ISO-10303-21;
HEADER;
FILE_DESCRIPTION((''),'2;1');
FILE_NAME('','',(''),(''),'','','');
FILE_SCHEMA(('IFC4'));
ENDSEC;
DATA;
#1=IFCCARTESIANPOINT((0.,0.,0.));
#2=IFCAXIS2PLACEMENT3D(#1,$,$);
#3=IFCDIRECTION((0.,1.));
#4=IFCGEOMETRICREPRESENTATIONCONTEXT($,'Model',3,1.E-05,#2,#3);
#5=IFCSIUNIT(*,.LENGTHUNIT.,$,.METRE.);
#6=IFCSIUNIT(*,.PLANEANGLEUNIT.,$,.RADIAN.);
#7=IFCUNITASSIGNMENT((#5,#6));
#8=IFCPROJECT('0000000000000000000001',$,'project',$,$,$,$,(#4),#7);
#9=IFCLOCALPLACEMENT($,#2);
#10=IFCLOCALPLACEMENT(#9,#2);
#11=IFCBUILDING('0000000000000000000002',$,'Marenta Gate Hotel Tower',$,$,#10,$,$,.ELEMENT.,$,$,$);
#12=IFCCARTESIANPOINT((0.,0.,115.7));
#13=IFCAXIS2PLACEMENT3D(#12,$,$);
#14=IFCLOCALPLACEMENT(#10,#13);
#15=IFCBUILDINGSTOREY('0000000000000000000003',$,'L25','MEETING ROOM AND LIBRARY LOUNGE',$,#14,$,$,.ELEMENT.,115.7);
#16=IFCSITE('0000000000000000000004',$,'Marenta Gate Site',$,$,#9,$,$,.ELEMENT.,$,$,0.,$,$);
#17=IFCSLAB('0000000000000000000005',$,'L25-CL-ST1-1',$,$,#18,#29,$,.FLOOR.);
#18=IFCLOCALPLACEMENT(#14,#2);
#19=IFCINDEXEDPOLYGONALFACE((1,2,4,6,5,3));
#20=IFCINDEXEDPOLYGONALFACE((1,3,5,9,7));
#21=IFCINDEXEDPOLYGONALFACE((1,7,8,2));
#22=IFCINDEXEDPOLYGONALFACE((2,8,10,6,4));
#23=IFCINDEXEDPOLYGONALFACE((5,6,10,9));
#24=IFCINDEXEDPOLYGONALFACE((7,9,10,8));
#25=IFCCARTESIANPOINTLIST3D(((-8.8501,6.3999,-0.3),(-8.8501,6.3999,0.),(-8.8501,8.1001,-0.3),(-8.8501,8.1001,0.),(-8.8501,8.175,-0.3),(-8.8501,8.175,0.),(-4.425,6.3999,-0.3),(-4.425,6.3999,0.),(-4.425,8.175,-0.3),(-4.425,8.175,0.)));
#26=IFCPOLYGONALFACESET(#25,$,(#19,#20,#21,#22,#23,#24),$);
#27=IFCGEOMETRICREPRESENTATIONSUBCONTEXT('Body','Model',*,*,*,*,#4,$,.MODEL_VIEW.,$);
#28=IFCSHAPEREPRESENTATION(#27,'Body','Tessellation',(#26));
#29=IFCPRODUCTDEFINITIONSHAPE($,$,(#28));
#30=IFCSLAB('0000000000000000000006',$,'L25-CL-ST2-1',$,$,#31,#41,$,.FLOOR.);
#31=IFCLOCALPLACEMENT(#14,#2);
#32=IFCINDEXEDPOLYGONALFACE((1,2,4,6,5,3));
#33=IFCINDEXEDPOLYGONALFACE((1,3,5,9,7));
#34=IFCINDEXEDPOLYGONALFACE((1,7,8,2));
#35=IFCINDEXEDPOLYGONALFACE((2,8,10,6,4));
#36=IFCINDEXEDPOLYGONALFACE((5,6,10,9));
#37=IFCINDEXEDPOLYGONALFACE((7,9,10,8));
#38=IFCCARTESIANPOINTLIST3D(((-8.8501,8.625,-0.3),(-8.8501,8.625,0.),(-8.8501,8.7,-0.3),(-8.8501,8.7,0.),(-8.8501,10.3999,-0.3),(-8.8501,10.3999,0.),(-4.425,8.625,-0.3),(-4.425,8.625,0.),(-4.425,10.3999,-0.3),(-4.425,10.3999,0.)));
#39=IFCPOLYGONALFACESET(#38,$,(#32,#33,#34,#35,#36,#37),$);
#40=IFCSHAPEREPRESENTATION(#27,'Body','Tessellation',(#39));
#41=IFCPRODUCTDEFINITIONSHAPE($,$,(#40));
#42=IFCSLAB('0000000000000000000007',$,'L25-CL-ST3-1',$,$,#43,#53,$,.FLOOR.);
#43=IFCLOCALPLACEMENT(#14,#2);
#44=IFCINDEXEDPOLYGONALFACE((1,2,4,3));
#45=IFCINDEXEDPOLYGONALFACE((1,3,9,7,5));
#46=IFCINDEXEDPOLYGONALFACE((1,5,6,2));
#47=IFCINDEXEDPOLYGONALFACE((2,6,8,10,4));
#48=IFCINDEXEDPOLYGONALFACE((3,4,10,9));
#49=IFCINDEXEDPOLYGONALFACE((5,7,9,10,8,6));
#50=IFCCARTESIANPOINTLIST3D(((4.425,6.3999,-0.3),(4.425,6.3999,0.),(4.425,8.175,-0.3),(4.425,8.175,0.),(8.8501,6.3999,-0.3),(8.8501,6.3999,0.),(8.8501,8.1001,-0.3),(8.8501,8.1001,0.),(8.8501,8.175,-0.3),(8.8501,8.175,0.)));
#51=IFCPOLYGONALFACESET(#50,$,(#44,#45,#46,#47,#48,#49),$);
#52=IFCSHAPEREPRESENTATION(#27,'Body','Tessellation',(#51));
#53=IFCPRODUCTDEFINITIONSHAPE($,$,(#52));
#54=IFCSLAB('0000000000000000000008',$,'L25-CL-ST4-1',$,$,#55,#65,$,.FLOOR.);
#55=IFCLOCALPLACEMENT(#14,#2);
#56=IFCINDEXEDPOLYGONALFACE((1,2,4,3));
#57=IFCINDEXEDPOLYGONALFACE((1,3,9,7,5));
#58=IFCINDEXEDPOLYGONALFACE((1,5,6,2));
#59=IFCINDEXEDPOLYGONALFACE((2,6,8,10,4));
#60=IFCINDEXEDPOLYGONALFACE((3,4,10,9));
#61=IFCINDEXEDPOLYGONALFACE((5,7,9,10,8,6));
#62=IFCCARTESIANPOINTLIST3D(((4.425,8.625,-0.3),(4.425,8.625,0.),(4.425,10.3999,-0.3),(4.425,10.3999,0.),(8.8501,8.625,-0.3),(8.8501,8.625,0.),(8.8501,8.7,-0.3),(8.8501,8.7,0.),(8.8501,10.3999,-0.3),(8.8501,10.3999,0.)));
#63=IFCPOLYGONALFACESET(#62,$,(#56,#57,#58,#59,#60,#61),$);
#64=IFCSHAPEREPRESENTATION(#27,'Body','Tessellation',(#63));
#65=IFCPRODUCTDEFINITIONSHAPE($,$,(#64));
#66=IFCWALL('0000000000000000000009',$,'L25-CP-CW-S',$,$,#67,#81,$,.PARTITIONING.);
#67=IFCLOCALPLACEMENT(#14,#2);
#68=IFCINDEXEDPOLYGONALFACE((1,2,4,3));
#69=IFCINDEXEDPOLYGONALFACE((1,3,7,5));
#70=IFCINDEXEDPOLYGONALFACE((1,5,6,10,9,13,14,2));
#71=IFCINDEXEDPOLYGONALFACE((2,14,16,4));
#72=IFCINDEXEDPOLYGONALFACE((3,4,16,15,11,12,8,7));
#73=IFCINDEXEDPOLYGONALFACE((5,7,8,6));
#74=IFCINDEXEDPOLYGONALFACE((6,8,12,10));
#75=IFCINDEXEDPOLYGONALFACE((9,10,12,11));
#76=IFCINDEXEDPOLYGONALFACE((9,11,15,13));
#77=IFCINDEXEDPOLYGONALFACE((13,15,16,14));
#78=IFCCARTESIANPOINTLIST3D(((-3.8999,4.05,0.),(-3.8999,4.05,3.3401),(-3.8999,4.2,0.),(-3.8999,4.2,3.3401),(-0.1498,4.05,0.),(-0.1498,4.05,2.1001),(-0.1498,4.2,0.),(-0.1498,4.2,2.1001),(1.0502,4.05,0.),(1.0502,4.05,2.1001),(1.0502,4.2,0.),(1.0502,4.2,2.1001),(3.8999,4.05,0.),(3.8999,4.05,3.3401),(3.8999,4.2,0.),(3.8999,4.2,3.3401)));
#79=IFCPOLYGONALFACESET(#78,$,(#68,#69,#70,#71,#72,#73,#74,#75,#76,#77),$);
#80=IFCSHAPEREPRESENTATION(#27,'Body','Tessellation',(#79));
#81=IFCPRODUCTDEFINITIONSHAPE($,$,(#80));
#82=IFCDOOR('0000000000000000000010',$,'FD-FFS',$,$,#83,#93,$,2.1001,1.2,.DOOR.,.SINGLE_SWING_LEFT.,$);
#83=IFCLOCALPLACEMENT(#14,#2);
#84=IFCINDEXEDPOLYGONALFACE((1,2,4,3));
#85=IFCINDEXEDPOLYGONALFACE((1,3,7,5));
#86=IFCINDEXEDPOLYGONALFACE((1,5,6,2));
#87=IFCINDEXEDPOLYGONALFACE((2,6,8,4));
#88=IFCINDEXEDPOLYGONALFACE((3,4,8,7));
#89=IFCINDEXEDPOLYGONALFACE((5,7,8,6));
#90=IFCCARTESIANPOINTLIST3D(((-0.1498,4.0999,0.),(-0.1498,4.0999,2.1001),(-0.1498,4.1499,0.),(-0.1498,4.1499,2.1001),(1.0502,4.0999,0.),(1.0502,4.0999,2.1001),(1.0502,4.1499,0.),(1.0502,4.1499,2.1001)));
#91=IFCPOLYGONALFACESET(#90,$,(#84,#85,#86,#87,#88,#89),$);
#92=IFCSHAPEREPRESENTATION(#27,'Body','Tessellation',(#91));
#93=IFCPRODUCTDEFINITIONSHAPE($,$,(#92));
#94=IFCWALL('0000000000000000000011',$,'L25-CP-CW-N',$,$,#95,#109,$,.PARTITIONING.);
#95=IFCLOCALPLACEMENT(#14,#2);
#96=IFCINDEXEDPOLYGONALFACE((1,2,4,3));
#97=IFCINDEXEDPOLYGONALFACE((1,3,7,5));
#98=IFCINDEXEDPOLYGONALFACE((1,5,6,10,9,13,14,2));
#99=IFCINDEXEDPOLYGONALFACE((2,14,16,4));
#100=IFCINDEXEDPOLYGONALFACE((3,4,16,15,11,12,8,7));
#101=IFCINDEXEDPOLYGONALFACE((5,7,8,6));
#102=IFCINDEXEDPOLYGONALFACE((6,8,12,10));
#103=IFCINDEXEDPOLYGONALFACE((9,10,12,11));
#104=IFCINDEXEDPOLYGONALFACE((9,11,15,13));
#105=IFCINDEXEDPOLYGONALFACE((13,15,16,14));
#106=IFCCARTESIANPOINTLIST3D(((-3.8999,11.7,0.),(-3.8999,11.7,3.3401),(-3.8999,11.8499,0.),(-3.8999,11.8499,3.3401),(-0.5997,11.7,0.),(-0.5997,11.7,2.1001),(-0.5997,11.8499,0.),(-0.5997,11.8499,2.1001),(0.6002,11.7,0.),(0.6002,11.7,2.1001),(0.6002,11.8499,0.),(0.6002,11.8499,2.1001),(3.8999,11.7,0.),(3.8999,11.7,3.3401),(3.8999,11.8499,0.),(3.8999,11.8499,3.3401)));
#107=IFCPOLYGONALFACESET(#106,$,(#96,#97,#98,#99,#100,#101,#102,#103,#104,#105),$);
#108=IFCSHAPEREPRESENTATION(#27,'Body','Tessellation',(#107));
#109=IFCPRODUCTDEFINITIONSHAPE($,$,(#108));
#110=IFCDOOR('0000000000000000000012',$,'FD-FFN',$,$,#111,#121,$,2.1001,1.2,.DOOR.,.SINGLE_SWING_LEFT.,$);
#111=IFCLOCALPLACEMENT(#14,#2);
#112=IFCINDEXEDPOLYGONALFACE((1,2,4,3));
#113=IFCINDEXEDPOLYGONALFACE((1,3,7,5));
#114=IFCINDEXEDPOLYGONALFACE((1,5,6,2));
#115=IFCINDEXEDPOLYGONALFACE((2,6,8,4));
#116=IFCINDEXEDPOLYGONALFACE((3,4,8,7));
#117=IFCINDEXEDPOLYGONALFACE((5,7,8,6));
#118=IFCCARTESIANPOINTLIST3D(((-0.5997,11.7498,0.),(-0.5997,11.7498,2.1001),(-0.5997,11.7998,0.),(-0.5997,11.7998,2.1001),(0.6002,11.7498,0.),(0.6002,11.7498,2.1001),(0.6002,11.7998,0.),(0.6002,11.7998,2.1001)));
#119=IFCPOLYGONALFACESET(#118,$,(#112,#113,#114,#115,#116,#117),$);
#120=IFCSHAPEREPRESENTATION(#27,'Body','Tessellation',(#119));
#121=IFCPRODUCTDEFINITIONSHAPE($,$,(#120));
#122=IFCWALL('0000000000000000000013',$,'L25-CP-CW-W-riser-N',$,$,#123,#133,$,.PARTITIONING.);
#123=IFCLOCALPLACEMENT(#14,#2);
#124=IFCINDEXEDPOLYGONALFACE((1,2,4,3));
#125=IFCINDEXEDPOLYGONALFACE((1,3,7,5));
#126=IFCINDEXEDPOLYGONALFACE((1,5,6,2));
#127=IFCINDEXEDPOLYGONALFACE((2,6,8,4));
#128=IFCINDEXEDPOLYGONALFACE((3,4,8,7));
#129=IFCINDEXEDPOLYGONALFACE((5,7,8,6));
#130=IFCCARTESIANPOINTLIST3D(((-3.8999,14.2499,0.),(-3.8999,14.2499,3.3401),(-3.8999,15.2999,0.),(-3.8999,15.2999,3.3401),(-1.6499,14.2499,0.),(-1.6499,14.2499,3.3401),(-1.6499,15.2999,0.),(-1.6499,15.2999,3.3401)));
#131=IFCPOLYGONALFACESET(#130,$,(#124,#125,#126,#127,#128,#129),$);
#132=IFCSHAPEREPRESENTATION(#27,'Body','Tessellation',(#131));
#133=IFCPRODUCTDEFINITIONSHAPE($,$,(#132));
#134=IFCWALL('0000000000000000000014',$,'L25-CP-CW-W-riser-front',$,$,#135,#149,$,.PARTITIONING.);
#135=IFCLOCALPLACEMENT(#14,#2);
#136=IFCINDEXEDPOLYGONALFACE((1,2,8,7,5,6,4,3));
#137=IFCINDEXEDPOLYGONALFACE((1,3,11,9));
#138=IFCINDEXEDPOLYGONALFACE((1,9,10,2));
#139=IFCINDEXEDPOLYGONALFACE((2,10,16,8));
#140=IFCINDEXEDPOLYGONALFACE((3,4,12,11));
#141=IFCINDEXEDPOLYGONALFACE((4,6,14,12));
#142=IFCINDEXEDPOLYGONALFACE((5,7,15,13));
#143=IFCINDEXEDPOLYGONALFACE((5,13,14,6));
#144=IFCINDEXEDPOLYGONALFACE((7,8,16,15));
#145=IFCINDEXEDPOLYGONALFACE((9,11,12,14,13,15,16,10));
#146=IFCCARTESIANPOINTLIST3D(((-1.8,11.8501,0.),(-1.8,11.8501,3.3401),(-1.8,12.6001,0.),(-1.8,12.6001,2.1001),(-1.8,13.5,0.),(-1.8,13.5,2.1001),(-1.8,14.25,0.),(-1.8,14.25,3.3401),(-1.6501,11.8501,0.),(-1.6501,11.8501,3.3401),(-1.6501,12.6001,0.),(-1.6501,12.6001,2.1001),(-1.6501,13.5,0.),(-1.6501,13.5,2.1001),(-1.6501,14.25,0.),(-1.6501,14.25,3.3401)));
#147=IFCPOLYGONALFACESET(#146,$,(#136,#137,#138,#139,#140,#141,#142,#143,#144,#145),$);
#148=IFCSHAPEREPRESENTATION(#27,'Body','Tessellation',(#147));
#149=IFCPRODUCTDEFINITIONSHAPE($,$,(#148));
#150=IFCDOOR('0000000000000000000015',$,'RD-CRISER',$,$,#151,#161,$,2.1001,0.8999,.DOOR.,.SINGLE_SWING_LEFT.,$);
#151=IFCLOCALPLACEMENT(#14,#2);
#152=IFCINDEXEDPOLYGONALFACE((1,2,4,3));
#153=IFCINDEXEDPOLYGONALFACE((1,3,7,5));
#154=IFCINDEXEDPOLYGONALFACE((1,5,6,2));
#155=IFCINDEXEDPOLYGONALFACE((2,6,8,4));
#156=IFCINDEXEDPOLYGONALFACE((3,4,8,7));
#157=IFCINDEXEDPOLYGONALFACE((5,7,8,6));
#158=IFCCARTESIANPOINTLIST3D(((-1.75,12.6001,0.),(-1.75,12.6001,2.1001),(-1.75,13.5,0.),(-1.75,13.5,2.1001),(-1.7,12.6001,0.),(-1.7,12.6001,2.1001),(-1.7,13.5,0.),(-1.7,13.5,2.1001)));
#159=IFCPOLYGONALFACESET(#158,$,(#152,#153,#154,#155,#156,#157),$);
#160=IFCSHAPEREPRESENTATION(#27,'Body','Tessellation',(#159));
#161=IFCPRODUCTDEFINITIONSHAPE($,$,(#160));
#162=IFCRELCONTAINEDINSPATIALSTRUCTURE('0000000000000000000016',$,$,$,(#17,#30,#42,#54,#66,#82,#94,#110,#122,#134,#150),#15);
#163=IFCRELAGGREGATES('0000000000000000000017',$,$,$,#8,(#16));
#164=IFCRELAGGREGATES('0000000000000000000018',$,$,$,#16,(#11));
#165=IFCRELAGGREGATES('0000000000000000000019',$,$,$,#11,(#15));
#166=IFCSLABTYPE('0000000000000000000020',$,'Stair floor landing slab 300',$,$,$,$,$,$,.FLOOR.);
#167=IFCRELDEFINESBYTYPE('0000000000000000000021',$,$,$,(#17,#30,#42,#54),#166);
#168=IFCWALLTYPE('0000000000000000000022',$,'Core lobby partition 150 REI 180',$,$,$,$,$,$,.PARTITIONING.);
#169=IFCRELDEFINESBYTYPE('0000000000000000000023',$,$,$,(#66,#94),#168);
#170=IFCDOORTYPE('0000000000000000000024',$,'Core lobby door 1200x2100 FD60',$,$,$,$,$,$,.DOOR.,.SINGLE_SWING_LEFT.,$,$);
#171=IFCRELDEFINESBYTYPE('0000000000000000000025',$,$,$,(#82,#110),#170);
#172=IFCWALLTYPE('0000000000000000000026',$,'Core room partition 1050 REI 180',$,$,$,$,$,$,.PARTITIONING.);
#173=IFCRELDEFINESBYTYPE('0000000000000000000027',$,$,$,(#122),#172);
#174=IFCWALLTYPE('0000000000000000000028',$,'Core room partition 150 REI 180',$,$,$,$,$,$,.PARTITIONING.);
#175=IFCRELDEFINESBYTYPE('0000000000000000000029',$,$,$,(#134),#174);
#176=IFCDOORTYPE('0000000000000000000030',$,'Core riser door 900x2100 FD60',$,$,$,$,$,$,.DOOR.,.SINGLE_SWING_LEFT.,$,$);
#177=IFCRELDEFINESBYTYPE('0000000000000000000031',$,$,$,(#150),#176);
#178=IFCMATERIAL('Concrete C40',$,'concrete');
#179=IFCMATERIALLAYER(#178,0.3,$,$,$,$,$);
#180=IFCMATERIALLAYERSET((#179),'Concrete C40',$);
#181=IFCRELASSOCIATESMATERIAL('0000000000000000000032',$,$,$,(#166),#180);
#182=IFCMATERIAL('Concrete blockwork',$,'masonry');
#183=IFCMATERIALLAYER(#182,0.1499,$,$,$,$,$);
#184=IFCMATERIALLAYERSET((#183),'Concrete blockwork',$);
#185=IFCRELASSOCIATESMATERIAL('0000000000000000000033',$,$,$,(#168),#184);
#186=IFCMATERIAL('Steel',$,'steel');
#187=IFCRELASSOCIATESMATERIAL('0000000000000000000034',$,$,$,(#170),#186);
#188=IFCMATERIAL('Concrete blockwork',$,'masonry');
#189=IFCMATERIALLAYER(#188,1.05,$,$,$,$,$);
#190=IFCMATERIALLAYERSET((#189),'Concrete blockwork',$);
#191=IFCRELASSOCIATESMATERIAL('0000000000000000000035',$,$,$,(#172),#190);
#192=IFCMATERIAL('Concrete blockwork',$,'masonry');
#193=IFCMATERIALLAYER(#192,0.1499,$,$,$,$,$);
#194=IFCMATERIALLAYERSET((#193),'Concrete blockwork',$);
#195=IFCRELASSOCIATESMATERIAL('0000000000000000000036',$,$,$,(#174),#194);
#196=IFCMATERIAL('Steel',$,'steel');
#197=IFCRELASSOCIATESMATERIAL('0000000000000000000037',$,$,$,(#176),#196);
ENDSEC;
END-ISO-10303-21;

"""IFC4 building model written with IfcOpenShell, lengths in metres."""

from ifc_helpers import new_model, si_unit, direction, frame, frame_2d, origin, place, context, subcontext, project, spatial, polyline, rectangle, outline, extrude, material, layer, layer_set, type_object, element, fill, save


model = new_model("IFC4")

# Units and contexts
model_context = context("Model", 3, precision=1e-05, world=origin(), true_north=direction((0.0, 1.0)))
body_context = subcontext(model_context, "Body", "Model", "MODEL_VIEW")
ifc_project = project(units=[si_unit("LENGTHUNIT", "METRE"), si_unit("PLANEANGLEUNIT", "RADIAN")], contexts=[model_context])

# Site, building, storey
site_placement = place(None, origin())
site = spatial("IfcSite", under=ifc_project, at=site_placement, Name="Marenta Gate Site", CompositionType="ELEMENT", RefElevation=0.0)
building_placement = place(site_placement, origin())
building = spatial("IfcBuilding", under=site, at=building_placement, Name="Marenta Gate Hotel Tower", CompositionType="ELEMENT")
storey_placement = place(building_placement, frame((0.0, 0.0, 115.7)))
storey = spatial("IfcBuildingStorey", under=building, at=storey_placement, Name="L25", Description="MEETING ROOM AND LIBRARY LOUNGE", CompositionType="ELEMENT", Elevation=115.7)

# Slabs
ifc_material_1 = material(Name="Concrete C40", Category="concrete")
ifc_layer_1 = layer(ifc_material_1, 0.3)
ifc_layer_set_1 = layer_set([ifc_layer_1], Name="Concrete C40")
slab_type_1 = type_object("IfcSlabType", Name="Stair floor landing slab 300", PredefinedType="FLOOR", material=ifc_layer_set_1)
slab_1_placement = place(storey_placement, frame((0.0, 0.0, -0.3)))
element("IfcSlab", 1, at=slab_1_placement, inside=storey, type_object=slab_type_1, Name="L25-CL-ST1-1", PredefinedType="FLOOR", context=body_context, shape_type="SweptSolid", body=[
    extrude(outline(polyline([(-4.425, 6.3999), (-8.8501, 6.3999), (-8.8501, 8.1001), (-8.8501, 8.175), (-4.425, 8.175), (-4.425, 6.3999)])), origin(), (0.0, 0.0, 1.0), 0.3),
])
slab_2_placement = place(storey_placement, frame((0.0, 0.0, -0.3)))
element("IfcSlab", 2, at=slab_2_placement, inside=storey, type_object=slab_type_1, Name="L25-CL-ST2-1", PredefinedType="FLOOR", context=body_context, shape_type="SweptSolid", body=[
    extrude(outline(polyline([(-4.425, 8.625), (-8.8501, 8.625), (-8.8501, 8.7), (-8.8501, 10.3999), (-4.425, 10.3999), (-4.425, 8.625)])), origin(), (0.0, 0.0, 1.0), 0.3),
])
slab_3_placement = place(storey_placement, frame((0.0, 0.0, -0.3)))
element("IfcSlab", 3, at=slab_3_placement, inside=storey, type_object=slab_type_1, Name="L25-CL-ST3-1", PredefinedType="FLOOR", context=body_context, shape_type="SweptSolid", body=[
    extrude(outline(polyline([(4.425, 6.3999), (4.425, 8.175), (8.8501, 8.175), (8.8501, 8.1001), (8.8501, 6.3999), (4.425, 6.3999)])), origin(), (0.0, 0.0, 1.0), 0.3),
])
slab_4_placement = place(storey_placement, frame((0.0, 0.0, -0.3)))
element("IfcSlab", 4, at=slab_4_placement, inside=storey, type_object=slab_type_1, Name="L25-CL-ST4-1", PredefinedType="FLOOR", context=body_context, shape_type="SweptSolid", body=[
    extrude(outline(polyline([(4.425, 8.625), (4.425, 10.3999), (8.8501, 10.3999), (8.8501, 8.7), (8.8501, 8.625), (4.425, 8.625)])), origin(), (0.0, 0.0, 1.0), 0.3),
])

# Walls, openings, doors
ifc_material_2 = material(Name="Concrete blockwork", Category="masonry")
ifc_layer_2 = layer(ifc_material_2, 0.1499)
ifc_layer_set_2 = layer_set([ifc_layer_2], Name="Concrete blockwork")
wall_type_1 = type_object("IfcWallType", Name="Core lobby partition 150 REI 180", PredefinedType="PARTITIONING", material=ifc_layer_set_2)
wall_1_placement = place(storey_placement, frame((-3.8999, 4.125, 0.0), z_axis=(0.0, 0.0, 1.0), x_axis=(1.0, 0.0, 0.0)))
wall_1 = element("IfcWall", 5, at=wall_1_placement, inside=storey, type_object=wall_type_1, Name="L25-CP-CW-S", PredefinedType="PARTITIONING", context=body_context, shape_type="SweptSolid", body=[
    extrude(rectangle(XDim=7.7998, YDim=0.1499, at=frame_2d((3.8999, 0.0))), origin(), (0.0, 0.0, 1.0), 3.3401),
])
opening_1_placement = place(wall_1_placement, frame((3.75, 0.0, 0.0)))
opening_1 = element("IfcOpeningElement", 6, at=opening_1_placement, cuts=wall_1, PredefinedType="OPENING", context=body_context, shape_type="SweptSolid", body=[
    extrude(rectangle(XDim=1.2, YDim=2.1001, at=frame_2d((0.6001, 1.05))), frame((0.0, 0.075, 0.0), z_axis=(0.0, -1.0, 0.0), x_axis=(1.0, 0.0, 0.0)), (0.0, 0.0, 1.0), 0.1499),
])
ifc_material_3 = material(Name="Steel", Category="steel")
door_type_1 = type_object("IfcDoorType", Name="Core lobby door 1200x2100 FD60", OperationType="SINGLE_SWING_LEFT", PredefinedType="DOOR", material=ifc_material_3)
door_1_placement = place(opening_1_placement, origin())
door_1 = element("IfcDoor", 7, at=door_1_placement, inside=storey, type_object=door_type_1, Name="FD-FFS", OperationType="SINGLE_SWING_LEFT", OverallHeight=2.1001, OverallWidth=1.2, PredefinedType="DOOR", context=body_context, shape_type="SweptSolid", body=[
    extrude(rectangle(XDim=1.2, YDim=2.1001, at=frame_2d((0.6001, 1.05))), frame((0.0, 0.0249, 0.0), z_axis=(0.0, -1.0, 0.0), x_axis=(1.0, 0.0, 0.0)), (0.0, 0.0, 1.0), 0.05),
])
fill(opening_1, door_1)
wall_2_placement = place(storey_placement, frame((-3.8999, 11.7749, 0.0), z_axis=(0.0, 0.0, 1.0), x_axis=(1.0, 0.0, 0.0)))
wall_2 = element("IfcWall", 8, at=wall_2_placement, inside=storey, type_object=wall_type_1, Name="L25-CP-CW-N", PredefinedType="PARTITIONING", context=body_context, shape_type="SweptSolid", body=[
    extrude(rectangle(XDim=7.7998, YDim=0.1499, at=frame_2d((3.8999, 0.0))), origin(), (0.0, 0.0, 1.0), 3.3401),
])
opening_2_placement = place(wall_2_placement, frame((3.3, 0.0, 0.0)))
opening_2 = element("IfcOpeningElement", 9, at=opening_2_placement, cuts=wall_2, PredefinedType="OPENING", context=body_context, shape_type="SweptSolid", body=[
    extrude(rectangle(XDim=1.2, YDim=2.1001, at=frame_2d((0.6001, 1.05))), frame((0.0, 0.075, 0.0), z_axis=(0.0, -1.0, 0.0), x_axis=(1.0, 0.0, 0.0)), (0.0, 0.0, 1.0), 0.1499),
])
door_2_placement = place(opening_2_placement, origin())
door_2 = element("IfcDoor", 10, at=door_2_placement, inside=storey, type_object=door_type_1, Name="FD-FFN", OperationType="SINGLE_SWING_LEFT", OverallHeight=2.1001, OverallWidth=1.2, PredefinedType="DOOR", context=body_context, shape_type="SweptSolid", body=[
    extrude(rectangle(XDim=1.2, YDim=2.1001, at=frame_2d((0.6001, 1.05))), frame((0.0, 0.0249, 0.0), z_axis=(0.0, -1.0, 0.0), x_axis=(1.0, 0.0, 0.0)), (0.0, 0.0, 1.0), 0.05),
])
fill(opening_2, door_2)

# Wall
ifc_material_4 = material(Name="Concrete blockwork", Category="masonry")
ifc_layer_3 = layer(ifc_material_4, 1.05)
ifc_layer_set_3 = layer_set([ifc_layer_3], Name="Concrete blockwork")
wall_type_2 = type_object("IfcWallType", Name="Core room partition 1050 REI 180", PredefinedType="PARTITIONING", material=ifc_layer_set_3)
wall_3_placement = place(storey_placement, frame((-3.8999, 14.7749, 0.0), z_axis=(0.0, 0.0, 1.0), x_axis=(1.0, 0.0, 0.0)))
element("IfcWall", 11, at=wall_3_placement, inside=storey, type_object=wall_type_2, Name="L25-CP-CW-W-riser-N", PredefinedType="PARTITIONING", context=body_context, shape_type="SweptSolid", body=[
    extrude(rectangle(XDim=2.25, YDim=1.05, at=frame_2d((1.125, 0.0))), origin(), (0.0, 0.0, 1.0), 3.3401),
])

# Wall, opening, door
ifc_material_5 = material(Name="Concrete blockwork", Category="masonry")
ifc_layer_4 = layer(ifc_material_5, 0.1499)
ifc_layer_set_4 = layer_set([ifc_layer_4], Name="Concrete blockwork")
wall_type_3 = type_object("IfcWallType", Name="Core room partition 150 REI 180", PredefinedType="PARTITIONING", material=ifc_layer_set_4)
wall_4_placement = place(storey_placement, frame((-1.7251, 11.8501, 0.0), z_axis=(0.0, 0.0, 1.0), x_axis=(0.0, 1.0, 0.0)))
wall_4 = element("IfcWall", 12, at=wall_4_placement, inside=storey, type_object=wall_type_3, Name="L25-CP-CW-W-riser-front", PredefinedType="PARTITIONING", context=body_context, shape_type="SweptSolid", body=[
    extrude(rectangle(XDim=2.3999, YDim=0.1499, at=frame_2d((1.2, 0.0))), origin(), (0.0, 0.0, 1.0), 3.3401),
])
opening_3_placement = place(wall_4_placement, frame((0.75, 0.0, 0.0)))
opening_3 = element("IfcOpeningElement", 13, at=opening_3_placement, cuts=wall_4, PredefinedType="OPENING", context=body_context, shape_type="SweptSolid", body=[
    extrude(rectangle(XDim=0.8999, YDim=2.1001, at=frame_2d((0.45, 1.05))), frame((0.0, 0.075, 0.0), z_axis=(0.0, -1.0, 0.0), x_axis=(1.0, 0.0, 0.0)), (0.0, 0.0, 1.0), 0.1499),
])
ifc_material_6 = material(Name="Steel", Category="steel")
door_type_2 = type_object("IfcDoorType", Name="Core riser door 900x2100 FD60", OperationType="SINGLE_SWING_LEFT", PredefinedType="DOOR", material=ifc_material_6)
door_3_placement = place(opening_3_placement, origin())
door_3 = element("IfcDoor", 14, at=door_3_placement, inside=storey, type_object=door_type_2, Name="RD-CRISER", OperationType="SINGLE_SWING_LEFT", OverallHeight=2.1001, OverallWidth=0.8999, PredefinedType="DOOR", context=body_context, shape_type="SweptSolid", body=[
    extrude(rectangle(XDim=0.8999, YDim=2.1001, at=frame_2d((0.45, 1.05))), frame((0.0, 0.0249, 0.0), z_axis=(0.0, -1.0, 0.0), x_axis=(1.0, 0.0, 0.0)), (0.0, 0.0, 1.0), 0.05),
])
fill(opening_3, door_3)

save(model, "model.ifc")
